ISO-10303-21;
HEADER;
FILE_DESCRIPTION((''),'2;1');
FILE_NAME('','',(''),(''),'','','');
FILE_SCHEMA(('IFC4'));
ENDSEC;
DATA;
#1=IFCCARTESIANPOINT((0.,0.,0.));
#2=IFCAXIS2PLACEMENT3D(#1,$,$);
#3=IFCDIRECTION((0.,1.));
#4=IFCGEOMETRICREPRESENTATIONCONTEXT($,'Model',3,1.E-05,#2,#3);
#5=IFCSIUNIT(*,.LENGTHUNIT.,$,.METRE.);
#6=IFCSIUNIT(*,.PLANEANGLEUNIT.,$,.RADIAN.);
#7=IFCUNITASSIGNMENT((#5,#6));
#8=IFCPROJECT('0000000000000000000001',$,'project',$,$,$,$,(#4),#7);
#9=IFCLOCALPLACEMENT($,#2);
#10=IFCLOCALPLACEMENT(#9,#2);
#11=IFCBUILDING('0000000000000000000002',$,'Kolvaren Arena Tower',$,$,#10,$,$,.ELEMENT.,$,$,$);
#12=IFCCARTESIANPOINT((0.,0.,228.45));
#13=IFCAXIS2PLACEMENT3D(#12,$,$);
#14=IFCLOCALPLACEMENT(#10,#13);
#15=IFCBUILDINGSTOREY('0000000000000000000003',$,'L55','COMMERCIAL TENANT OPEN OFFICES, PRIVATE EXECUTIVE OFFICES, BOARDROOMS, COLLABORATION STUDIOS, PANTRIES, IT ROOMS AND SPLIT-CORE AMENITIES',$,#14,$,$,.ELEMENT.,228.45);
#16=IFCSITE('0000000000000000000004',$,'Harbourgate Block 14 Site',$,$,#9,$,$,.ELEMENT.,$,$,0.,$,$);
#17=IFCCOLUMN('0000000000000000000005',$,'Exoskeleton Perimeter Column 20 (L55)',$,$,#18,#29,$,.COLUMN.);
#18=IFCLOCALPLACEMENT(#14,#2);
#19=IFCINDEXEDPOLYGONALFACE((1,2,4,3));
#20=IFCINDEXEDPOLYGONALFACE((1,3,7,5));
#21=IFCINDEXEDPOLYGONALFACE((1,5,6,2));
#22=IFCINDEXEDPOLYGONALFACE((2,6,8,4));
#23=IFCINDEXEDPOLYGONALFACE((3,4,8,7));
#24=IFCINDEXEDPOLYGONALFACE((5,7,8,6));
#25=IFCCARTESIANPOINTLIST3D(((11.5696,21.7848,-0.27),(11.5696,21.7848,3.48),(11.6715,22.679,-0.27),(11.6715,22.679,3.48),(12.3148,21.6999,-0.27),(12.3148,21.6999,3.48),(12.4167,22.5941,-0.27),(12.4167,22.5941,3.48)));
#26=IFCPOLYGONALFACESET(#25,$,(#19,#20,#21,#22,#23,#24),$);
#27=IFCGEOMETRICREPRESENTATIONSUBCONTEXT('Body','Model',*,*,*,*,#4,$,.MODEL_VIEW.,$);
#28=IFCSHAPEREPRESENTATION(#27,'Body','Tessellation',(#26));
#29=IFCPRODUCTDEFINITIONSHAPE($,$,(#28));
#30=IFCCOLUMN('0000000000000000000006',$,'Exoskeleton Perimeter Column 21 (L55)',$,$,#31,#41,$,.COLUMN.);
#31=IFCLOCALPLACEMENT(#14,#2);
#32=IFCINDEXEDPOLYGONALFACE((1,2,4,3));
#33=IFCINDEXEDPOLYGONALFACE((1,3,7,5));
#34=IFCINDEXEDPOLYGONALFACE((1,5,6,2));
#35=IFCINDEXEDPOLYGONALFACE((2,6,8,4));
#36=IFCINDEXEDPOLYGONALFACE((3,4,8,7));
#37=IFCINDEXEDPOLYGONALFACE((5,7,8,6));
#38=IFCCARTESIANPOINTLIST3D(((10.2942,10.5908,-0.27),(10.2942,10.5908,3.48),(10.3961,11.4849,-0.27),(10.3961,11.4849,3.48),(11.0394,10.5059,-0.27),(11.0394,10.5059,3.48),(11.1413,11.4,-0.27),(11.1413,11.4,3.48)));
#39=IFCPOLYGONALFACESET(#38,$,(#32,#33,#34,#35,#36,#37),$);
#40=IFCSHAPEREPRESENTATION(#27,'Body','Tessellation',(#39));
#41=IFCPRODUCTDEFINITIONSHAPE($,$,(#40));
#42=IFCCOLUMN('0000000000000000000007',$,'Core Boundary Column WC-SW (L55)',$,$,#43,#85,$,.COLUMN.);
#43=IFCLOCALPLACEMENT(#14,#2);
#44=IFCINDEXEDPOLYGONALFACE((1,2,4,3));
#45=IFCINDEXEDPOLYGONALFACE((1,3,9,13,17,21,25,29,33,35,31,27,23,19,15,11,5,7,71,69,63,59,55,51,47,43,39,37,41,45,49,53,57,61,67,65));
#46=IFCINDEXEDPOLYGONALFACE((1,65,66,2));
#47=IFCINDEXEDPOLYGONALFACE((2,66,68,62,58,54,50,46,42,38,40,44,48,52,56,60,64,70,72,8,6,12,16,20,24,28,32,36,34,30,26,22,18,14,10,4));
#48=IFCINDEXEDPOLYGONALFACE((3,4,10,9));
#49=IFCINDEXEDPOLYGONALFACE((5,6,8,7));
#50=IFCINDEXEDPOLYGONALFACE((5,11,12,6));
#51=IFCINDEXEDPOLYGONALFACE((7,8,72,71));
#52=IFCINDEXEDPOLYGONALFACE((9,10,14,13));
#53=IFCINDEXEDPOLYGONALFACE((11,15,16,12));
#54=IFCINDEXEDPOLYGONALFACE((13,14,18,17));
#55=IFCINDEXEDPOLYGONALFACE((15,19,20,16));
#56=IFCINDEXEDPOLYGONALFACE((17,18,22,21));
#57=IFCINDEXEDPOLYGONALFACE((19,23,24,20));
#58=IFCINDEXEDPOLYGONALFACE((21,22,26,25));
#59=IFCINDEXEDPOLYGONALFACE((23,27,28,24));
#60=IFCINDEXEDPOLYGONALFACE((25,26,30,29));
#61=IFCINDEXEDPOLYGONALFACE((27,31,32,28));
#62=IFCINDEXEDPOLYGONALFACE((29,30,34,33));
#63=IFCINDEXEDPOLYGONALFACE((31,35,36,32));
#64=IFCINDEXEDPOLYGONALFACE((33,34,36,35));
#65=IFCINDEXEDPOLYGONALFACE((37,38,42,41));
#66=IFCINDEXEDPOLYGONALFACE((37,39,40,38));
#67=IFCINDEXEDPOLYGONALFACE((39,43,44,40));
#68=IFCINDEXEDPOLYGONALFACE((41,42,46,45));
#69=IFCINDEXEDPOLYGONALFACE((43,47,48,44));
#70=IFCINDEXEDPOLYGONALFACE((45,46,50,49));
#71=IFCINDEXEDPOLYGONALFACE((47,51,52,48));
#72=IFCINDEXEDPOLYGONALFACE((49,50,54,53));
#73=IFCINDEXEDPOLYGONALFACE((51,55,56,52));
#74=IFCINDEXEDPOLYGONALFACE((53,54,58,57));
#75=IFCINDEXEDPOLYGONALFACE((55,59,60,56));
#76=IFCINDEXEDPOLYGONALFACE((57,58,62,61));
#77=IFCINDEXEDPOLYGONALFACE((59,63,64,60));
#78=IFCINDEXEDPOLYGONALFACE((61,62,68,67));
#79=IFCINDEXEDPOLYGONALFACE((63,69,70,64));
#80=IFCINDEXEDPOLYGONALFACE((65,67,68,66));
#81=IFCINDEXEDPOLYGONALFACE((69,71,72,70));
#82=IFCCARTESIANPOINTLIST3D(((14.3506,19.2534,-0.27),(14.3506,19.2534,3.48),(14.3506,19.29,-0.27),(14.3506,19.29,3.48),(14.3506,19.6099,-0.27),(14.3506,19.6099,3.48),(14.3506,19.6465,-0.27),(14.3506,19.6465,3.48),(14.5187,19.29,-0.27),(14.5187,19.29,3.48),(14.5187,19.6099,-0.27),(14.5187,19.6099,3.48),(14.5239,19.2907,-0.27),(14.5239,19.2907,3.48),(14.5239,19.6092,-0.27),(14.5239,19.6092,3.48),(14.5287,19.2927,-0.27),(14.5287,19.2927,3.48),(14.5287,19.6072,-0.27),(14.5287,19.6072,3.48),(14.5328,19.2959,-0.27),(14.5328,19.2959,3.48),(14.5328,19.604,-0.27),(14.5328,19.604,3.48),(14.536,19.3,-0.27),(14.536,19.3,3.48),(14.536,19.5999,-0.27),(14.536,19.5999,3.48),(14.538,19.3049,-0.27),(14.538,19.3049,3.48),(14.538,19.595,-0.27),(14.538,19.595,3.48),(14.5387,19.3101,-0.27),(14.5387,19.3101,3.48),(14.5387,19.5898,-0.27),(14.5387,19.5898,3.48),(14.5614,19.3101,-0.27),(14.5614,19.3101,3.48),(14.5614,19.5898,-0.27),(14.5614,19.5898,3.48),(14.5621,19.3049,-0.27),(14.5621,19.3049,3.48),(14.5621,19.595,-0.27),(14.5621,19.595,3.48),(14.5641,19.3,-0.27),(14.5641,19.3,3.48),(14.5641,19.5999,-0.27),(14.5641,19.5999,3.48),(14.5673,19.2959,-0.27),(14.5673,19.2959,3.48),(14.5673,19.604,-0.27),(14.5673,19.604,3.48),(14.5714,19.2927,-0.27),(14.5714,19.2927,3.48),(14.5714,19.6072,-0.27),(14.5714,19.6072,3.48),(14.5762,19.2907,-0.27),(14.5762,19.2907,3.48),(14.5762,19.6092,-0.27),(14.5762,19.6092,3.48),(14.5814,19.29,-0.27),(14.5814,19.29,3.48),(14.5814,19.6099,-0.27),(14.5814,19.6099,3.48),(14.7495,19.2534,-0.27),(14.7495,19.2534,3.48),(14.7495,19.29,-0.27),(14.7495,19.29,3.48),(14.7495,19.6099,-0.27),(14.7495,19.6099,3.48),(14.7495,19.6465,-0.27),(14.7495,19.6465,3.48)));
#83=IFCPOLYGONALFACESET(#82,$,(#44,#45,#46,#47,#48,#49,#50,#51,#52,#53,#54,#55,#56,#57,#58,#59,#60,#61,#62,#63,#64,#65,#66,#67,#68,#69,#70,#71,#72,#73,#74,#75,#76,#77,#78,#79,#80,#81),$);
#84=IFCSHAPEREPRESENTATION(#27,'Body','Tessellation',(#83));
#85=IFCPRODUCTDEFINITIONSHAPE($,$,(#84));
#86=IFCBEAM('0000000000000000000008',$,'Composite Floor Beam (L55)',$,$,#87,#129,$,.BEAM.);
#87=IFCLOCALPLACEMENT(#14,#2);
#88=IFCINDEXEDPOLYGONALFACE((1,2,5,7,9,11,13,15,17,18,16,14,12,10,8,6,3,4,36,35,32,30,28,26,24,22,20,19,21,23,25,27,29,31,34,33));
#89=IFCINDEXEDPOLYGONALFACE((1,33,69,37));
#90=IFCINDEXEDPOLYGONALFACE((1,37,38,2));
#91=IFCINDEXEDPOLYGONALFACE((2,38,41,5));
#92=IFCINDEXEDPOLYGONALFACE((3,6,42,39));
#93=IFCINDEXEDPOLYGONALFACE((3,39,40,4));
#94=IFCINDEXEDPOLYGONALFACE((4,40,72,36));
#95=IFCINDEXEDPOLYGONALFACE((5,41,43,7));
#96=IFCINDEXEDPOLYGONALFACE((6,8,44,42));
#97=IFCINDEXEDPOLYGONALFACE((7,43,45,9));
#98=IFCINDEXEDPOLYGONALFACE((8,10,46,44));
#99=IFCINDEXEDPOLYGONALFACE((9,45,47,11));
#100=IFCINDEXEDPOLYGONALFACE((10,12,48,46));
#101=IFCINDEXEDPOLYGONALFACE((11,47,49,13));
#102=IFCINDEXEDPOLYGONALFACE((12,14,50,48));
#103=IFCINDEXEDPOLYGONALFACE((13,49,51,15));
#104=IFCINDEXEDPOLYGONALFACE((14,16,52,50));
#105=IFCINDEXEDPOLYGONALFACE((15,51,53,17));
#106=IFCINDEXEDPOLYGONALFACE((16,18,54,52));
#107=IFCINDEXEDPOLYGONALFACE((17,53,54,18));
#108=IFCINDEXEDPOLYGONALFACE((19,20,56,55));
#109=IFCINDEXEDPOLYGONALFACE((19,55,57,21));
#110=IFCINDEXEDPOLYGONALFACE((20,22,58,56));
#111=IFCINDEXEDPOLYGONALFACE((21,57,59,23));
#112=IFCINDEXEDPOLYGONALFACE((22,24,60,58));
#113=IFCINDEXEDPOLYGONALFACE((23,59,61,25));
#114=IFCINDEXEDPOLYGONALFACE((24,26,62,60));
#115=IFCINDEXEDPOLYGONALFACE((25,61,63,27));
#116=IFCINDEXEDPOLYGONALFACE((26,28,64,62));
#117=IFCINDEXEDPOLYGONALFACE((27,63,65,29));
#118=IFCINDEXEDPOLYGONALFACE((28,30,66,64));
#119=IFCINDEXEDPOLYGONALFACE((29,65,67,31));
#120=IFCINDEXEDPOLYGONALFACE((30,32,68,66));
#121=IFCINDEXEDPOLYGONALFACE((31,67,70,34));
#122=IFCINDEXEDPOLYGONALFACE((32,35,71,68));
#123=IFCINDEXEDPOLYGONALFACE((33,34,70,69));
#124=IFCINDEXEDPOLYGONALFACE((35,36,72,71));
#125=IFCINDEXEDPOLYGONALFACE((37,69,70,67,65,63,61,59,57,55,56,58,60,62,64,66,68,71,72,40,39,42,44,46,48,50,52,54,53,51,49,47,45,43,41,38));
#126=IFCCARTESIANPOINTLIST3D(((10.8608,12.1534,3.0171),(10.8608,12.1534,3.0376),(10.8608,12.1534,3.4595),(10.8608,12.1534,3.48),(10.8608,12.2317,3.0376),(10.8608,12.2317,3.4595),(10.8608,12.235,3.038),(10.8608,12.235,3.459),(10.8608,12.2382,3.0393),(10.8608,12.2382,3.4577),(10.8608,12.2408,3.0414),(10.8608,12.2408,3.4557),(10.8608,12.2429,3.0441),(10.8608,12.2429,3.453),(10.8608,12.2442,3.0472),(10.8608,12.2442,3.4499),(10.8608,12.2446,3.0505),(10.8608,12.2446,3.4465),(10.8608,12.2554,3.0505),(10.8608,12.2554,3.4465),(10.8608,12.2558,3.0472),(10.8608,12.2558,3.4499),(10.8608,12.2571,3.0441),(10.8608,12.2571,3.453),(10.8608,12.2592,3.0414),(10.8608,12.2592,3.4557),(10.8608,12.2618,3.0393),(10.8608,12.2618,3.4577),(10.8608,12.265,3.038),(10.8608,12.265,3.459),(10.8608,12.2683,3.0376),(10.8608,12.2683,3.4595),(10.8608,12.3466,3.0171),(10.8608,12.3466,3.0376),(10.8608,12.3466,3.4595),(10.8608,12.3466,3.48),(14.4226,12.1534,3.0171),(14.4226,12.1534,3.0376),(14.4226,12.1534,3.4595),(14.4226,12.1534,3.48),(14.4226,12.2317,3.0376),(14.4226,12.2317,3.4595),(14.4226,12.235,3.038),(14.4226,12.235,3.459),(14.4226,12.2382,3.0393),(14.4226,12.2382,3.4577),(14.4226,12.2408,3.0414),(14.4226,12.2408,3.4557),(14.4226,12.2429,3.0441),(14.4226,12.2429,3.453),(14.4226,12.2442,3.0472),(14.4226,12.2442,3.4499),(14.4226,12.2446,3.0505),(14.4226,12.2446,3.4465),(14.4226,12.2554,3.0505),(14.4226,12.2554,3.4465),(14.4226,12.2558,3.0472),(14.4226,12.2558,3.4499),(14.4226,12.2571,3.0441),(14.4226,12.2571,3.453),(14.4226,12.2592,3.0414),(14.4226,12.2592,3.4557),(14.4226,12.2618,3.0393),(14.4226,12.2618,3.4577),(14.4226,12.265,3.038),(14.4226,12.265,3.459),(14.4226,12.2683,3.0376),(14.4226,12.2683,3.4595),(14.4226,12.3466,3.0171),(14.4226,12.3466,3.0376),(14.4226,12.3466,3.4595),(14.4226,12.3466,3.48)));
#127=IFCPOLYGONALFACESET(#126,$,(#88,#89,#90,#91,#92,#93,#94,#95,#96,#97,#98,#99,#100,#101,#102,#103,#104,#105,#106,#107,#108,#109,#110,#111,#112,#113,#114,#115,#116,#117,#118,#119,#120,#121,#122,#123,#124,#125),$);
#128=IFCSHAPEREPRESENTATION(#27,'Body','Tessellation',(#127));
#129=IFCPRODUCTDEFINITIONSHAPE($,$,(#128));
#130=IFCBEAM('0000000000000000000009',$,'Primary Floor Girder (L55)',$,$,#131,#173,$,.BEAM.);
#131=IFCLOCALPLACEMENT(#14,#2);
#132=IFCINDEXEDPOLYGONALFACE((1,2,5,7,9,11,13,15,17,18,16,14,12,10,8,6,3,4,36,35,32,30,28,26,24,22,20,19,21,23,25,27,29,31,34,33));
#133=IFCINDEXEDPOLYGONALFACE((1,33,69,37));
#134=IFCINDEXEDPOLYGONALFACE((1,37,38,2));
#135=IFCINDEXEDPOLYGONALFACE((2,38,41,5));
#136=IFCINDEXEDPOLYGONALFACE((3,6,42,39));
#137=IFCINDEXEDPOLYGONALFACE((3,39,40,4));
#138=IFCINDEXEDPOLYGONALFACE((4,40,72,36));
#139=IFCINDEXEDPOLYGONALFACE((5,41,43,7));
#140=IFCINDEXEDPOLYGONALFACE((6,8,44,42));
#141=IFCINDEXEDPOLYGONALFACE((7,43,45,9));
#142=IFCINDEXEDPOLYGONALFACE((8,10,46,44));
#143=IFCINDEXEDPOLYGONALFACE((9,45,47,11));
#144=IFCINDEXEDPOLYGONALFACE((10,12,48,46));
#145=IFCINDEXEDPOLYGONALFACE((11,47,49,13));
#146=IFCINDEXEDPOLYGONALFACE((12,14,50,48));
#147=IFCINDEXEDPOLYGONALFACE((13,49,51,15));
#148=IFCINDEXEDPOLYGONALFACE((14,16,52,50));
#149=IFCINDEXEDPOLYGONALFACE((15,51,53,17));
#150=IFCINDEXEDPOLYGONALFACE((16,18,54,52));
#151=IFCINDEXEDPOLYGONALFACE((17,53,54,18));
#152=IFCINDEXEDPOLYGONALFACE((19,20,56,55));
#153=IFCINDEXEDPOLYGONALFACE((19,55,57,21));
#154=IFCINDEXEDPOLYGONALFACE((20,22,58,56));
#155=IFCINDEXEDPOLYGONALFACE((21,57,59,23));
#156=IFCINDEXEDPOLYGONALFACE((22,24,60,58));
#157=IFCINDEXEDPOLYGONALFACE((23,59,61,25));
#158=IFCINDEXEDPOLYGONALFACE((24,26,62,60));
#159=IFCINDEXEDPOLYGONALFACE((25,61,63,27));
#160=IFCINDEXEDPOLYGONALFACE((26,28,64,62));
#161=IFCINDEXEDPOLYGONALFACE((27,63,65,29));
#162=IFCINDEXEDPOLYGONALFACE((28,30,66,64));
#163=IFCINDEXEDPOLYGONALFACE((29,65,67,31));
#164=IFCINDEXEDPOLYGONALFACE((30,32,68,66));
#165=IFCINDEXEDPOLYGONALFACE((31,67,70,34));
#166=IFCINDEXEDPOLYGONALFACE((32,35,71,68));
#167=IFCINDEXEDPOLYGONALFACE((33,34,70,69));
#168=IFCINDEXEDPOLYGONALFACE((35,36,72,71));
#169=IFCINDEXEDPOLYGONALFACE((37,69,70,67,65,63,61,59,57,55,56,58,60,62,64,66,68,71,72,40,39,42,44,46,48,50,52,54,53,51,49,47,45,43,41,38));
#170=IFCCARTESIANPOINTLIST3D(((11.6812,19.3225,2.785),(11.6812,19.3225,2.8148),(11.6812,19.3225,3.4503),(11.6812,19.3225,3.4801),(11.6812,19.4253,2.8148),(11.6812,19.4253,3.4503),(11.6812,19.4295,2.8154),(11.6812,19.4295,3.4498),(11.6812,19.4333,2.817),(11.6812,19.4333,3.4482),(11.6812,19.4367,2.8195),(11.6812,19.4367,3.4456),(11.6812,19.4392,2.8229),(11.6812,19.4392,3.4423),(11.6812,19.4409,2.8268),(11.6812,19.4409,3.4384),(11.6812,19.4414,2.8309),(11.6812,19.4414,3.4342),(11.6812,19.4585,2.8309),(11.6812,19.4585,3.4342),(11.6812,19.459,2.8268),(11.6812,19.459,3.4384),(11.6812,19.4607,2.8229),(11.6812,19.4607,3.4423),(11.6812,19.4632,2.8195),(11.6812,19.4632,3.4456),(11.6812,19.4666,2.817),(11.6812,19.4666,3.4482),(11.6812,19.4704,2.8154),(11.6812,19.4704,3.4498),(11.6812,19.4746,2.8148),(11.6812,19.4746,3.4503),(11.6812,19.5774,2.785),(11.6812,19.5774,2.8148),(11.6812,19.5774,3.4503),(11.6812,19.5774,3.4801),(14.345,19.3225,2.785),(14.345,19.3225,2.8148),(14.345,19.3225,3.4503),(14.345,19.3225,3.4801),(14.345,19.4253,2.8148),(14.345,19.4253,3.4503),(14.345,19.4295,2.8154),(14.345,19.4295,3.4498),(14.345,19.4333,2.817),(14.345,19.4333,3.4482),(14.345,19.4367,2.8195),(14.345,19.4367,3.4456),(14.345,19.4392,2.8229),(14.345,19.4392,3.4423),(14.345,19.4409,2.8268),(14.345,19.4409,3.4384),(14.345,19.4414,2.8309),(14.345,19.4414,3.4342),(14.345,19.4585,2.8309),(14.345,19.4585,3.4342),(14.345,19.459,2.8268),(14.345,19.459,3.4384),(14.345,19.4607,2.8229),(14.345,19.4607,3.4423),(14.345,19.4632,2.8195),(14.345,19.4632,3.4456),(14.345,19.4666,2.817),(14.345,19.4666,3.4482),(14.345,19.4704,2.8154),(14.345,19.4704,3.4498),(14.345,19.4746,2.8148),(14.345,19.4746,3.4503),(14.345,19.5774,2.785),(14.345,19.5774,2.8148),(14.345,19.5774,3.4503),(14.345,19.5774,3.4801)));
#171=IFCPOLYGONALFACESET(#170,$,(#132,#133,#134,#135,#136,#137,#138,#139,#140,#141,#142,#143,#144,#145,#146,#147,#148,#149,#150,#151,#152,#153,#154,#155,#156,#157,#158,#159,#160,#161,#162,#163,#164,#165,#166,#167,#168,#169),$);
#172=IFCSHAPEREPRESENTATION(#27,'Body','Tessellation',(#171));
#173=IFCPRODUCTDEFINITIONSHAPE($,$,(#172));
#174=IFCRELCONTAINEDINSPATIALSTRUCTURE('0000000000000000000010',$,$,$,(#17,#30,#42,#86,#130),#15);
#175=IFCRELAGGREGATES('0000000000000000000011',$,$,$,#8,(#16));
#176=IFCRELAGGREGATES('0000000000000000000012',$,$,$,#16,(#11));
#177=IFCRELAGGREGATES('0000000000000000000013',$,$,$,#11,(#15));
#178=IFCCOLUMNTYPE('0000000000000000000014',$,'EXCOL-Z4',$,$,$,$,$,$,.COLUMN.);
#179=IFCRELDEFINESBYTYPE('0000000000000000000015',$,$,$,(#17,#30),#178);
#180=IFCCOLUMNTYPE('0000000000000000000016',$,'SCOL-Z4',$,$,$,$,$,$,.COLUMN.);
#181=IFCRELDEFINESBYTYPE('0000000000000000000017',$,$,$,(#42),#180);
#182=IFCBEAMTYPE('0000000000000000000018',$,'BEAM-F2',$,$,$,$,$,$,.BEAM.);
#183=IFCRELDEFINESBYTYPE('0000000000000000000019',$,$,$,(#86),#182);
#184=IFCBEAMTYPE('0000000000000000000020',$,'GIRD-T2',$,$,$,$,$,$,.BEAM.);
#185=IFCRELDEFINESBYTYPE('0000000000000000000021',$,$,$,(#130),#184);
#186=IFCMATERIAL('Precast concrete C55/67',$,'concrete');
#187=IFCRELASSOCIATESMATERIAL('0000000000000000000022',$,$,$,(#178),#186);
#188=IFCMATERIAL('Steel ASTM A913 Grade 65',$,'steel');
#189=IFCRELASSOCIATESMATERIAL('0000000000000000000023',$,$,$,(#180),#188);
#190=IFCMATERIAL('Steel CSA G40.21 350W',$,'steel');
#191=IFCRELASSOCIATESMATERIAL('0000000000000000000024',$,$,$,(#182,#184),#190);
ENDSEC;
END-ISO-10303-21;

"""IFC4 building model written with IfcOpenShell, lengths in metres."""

from ifc_helpers import new_model, si_unit, direction, frame, origin, origin_2d, place, context, subcontext, project, spatial, rectangle, i_section, extrude, material, material_profile, profile_set, type_object, element, save


model = new_model("IFC4")

# Units and contexts
model_context = context("Model", 3, precision=1e-05, world=origin(), true_north=direction((0.0, 1.0)))
body_context = subcontext(model_context, "Body", "Model", "MODEL_VIEW")
ifc_project = project(units=[si_unit("LENGTHUNIT", "METRE"), si_unit("PLANEANGLEUNIT", "RADIAN")], contexts=[model_context])

# Site, building, storey
site_placement = place(None, origin())
site = spatial("IfcSite", under=ifc_project, at=site_placement, Name="Harbourgate Block 14 Site", CompositionType="ELEMENT", RefElevation=0.0)
building_placement = place(site_placement, origin())
building = spatial("IfcBuilding", under=site, at=building_placement, Name="Kolvaren Arena Tower", CompositionType="ELEMENT")
storey_placement = place(building_placement, frame((0.0, 0.0, 228.45)))
storey = spatial("IfcBuildingStorey", under=building, at=storey_placement, Name="L55", Description="COMMERCIAL TENANT OPEN OFFICES, PRIVATE EXECUTIVE OFFICES, BOARDROOMS, COLLABORATION STUDIOS, PANTRIES, IT ROOMS AND SPLIT-CORE AMENITIES", CompositionType="ELEMENT", Elevation=228.45)

# Columns
ifc_material_1 = material(Name="Precast concrete C55/67", Category="concrete")
ifc_material_profile_1 = material_profile(ifc_material_1, rectangle(XDim=0.8999, YDim=0.75, at=origin_2d()), Name="RC-900x750")
ifc_profile_set_1 = profile_set([ifc_material_profile_1], Name="Precast concrete C55/67")
column_type_1 = type_object("IfcColumnType", Name="EXCOL-Z4", PredefinedType="COLUMN", material=ifc_profile_set_1)
for number, where, z_axis, x_axis, name in (
    (1, (11.9932, 22.1895, -0.27), (0.0, 0.0, 1.0), (0.113203, 0.993572, 0.0), "Exoskeleton Perimeter Column 20 (L55)"),
    (2, (10.7178, 10.9954, -0.27), (0.0, 0.0, 1.0), (0.113203, 0.993572, 0.0), "Exoskeleton Perimeter Column 21 (L55)"),
):
    element("IfcColumn", number, at=place(storey_placement, frame(where, z_axis=z_axis, x_axis=x_axis)), inside=storey, type_object=column_type_1, Name=name, PredefinedType="COLUMN", context=body_context, shape_type="SweptSolid", body=[
        extrude(rectangle(XDim=0.8999, YDim=0.75, at=origin_2d()), origin(), (0.0, 0.0, 1.0), 3.75),
    ])
ifc_material_2 = material(Name="Steel ASTM A913 Grade 65", Category="steel")
ifc_material_profile_2 = material_profile(ifc_material_2, i_section(OverallWidth=0.3989, OverallDepth=0.3931, WebThickness=0.0227, FlangeThickness=0.0366, FilletRadius=0.02, at=origin_2d()), Name="W360x287")
ifc_profile_set_2 = profile_set([ifc_material_profile_2], Name="Steel ASTM A913 Grade 65")
column_type_2 = type_object("IfcColumnType", Name="SCOL-Z4", PredefinedType="COLUMN", material=ifc_profile_set_2)
column_placement = place(storey_placement, frame((14.55, 19.45, -0.27), z_axis=(0.0, 0.0, 1.0), x_axis=(1.0, 0.0, 0.0)))
element("IfcColumn", 3, at=column_placement, inside=storey, type_object=column_type_2, Name="Core Boundary Column WC-SW (L55)", PredefinedType="COLUMN", context=body_context, shape_type="SweptSolid", body=[
    extrude(i_section(OverallWidth=0.3989, OverallDepth=0.3931, WebThickness=0.0227, FlangeThickness=0.0366, FilletRadius=0.02, at=origin_2d()), origin(), (0.0, 0.0, 1.0), 3.75),
])

# Beams
ifc_material_3 = material(Name="Steel CSA G40.21 350W", Category="steel")
ifc_material_profile_3 = material_profile(ifc_material_3, i_section(OverallWidth=0.1931, OverallDepth=0.4629, WebThickness=0.0107, FlangeThickness=0.0205, FilletRadius=0.0129, at=origin_2d()), Name="W460x113")
ifc_profile_set_3 = profile_set([ifc_material_profile_3], Name="Steel CSA G40.21 350W")
beam_type_1 = type_object("IfcBeamType", Name="BEAM-F2", PredefinedType="BEAM", material=ifc_profile_set_3)
beam_1_placement = place(storey_placement, frame((10.8608, 12.25, 3.2485), z_axis=(1.0, 0.0, 0.0), x_axis=(0.0, 1.0, 0.0)))
element("IfcBeam", 4, at=beam_1_placement, inside=storey, type_object=beam_type_1, Name="Composite Floor Beam (L55)", PredefinedType="BEAM", context=body_context, shape_type="SweptSolid", body=[
    extrude(i_section(OverallWidth=0.1931, OverallDepth=0.4629, WebThickness=0.0107, FlangeThickness=0.0205, FilletRadius=0.0129, at=origin_2d()), origin(), (0.0, 0.0, 1.0), 3.5618),
])
ifc_material_profile_4 = material_profile(ifc_material_3, i_section(OverallWidth=0.2549, OverallDepth=0.6951, WebThickness=0.0171, FlangeThickness=0.0298, FilletRadius=0.0161, at=origin_2d()), Name="W690x217")
ifc_profile_set_4 = profile_set([ifc_material_profile_4], Name="Steel CSA G40.21 350W")
beam_type_2 = type_object("IfcBeamType", Name="GIRD-T2", PredefinedType="BEAM", material=ifc_profile_set_4)
beam_2_placement = place(storey_placement, frame((11.6812, 19.45, 3.1326), z_axis=(1.0, 0.0, 0.0), x_axis=(0.0, 1.0, 0.0)))
element("IfcBeam", 5, at=beam_2_placement, inside=storey, type_object=beam_type_2, Name="Primary Floor Girder (L55)", PredefinedType="BEAM", context=body_context, shape_type="SweptSolid", body=[
    extrude(i_section(OverallWidth=0.2549, OverallDepth=0.6951, WebThickness=0.0171, FlangeThickness=0.0298, FilletRadius=0.0161, at=origin_2d()), origin(), (0.0, 0.0, 1.0), 2.6638),
])

save(model, "model.ifc")
